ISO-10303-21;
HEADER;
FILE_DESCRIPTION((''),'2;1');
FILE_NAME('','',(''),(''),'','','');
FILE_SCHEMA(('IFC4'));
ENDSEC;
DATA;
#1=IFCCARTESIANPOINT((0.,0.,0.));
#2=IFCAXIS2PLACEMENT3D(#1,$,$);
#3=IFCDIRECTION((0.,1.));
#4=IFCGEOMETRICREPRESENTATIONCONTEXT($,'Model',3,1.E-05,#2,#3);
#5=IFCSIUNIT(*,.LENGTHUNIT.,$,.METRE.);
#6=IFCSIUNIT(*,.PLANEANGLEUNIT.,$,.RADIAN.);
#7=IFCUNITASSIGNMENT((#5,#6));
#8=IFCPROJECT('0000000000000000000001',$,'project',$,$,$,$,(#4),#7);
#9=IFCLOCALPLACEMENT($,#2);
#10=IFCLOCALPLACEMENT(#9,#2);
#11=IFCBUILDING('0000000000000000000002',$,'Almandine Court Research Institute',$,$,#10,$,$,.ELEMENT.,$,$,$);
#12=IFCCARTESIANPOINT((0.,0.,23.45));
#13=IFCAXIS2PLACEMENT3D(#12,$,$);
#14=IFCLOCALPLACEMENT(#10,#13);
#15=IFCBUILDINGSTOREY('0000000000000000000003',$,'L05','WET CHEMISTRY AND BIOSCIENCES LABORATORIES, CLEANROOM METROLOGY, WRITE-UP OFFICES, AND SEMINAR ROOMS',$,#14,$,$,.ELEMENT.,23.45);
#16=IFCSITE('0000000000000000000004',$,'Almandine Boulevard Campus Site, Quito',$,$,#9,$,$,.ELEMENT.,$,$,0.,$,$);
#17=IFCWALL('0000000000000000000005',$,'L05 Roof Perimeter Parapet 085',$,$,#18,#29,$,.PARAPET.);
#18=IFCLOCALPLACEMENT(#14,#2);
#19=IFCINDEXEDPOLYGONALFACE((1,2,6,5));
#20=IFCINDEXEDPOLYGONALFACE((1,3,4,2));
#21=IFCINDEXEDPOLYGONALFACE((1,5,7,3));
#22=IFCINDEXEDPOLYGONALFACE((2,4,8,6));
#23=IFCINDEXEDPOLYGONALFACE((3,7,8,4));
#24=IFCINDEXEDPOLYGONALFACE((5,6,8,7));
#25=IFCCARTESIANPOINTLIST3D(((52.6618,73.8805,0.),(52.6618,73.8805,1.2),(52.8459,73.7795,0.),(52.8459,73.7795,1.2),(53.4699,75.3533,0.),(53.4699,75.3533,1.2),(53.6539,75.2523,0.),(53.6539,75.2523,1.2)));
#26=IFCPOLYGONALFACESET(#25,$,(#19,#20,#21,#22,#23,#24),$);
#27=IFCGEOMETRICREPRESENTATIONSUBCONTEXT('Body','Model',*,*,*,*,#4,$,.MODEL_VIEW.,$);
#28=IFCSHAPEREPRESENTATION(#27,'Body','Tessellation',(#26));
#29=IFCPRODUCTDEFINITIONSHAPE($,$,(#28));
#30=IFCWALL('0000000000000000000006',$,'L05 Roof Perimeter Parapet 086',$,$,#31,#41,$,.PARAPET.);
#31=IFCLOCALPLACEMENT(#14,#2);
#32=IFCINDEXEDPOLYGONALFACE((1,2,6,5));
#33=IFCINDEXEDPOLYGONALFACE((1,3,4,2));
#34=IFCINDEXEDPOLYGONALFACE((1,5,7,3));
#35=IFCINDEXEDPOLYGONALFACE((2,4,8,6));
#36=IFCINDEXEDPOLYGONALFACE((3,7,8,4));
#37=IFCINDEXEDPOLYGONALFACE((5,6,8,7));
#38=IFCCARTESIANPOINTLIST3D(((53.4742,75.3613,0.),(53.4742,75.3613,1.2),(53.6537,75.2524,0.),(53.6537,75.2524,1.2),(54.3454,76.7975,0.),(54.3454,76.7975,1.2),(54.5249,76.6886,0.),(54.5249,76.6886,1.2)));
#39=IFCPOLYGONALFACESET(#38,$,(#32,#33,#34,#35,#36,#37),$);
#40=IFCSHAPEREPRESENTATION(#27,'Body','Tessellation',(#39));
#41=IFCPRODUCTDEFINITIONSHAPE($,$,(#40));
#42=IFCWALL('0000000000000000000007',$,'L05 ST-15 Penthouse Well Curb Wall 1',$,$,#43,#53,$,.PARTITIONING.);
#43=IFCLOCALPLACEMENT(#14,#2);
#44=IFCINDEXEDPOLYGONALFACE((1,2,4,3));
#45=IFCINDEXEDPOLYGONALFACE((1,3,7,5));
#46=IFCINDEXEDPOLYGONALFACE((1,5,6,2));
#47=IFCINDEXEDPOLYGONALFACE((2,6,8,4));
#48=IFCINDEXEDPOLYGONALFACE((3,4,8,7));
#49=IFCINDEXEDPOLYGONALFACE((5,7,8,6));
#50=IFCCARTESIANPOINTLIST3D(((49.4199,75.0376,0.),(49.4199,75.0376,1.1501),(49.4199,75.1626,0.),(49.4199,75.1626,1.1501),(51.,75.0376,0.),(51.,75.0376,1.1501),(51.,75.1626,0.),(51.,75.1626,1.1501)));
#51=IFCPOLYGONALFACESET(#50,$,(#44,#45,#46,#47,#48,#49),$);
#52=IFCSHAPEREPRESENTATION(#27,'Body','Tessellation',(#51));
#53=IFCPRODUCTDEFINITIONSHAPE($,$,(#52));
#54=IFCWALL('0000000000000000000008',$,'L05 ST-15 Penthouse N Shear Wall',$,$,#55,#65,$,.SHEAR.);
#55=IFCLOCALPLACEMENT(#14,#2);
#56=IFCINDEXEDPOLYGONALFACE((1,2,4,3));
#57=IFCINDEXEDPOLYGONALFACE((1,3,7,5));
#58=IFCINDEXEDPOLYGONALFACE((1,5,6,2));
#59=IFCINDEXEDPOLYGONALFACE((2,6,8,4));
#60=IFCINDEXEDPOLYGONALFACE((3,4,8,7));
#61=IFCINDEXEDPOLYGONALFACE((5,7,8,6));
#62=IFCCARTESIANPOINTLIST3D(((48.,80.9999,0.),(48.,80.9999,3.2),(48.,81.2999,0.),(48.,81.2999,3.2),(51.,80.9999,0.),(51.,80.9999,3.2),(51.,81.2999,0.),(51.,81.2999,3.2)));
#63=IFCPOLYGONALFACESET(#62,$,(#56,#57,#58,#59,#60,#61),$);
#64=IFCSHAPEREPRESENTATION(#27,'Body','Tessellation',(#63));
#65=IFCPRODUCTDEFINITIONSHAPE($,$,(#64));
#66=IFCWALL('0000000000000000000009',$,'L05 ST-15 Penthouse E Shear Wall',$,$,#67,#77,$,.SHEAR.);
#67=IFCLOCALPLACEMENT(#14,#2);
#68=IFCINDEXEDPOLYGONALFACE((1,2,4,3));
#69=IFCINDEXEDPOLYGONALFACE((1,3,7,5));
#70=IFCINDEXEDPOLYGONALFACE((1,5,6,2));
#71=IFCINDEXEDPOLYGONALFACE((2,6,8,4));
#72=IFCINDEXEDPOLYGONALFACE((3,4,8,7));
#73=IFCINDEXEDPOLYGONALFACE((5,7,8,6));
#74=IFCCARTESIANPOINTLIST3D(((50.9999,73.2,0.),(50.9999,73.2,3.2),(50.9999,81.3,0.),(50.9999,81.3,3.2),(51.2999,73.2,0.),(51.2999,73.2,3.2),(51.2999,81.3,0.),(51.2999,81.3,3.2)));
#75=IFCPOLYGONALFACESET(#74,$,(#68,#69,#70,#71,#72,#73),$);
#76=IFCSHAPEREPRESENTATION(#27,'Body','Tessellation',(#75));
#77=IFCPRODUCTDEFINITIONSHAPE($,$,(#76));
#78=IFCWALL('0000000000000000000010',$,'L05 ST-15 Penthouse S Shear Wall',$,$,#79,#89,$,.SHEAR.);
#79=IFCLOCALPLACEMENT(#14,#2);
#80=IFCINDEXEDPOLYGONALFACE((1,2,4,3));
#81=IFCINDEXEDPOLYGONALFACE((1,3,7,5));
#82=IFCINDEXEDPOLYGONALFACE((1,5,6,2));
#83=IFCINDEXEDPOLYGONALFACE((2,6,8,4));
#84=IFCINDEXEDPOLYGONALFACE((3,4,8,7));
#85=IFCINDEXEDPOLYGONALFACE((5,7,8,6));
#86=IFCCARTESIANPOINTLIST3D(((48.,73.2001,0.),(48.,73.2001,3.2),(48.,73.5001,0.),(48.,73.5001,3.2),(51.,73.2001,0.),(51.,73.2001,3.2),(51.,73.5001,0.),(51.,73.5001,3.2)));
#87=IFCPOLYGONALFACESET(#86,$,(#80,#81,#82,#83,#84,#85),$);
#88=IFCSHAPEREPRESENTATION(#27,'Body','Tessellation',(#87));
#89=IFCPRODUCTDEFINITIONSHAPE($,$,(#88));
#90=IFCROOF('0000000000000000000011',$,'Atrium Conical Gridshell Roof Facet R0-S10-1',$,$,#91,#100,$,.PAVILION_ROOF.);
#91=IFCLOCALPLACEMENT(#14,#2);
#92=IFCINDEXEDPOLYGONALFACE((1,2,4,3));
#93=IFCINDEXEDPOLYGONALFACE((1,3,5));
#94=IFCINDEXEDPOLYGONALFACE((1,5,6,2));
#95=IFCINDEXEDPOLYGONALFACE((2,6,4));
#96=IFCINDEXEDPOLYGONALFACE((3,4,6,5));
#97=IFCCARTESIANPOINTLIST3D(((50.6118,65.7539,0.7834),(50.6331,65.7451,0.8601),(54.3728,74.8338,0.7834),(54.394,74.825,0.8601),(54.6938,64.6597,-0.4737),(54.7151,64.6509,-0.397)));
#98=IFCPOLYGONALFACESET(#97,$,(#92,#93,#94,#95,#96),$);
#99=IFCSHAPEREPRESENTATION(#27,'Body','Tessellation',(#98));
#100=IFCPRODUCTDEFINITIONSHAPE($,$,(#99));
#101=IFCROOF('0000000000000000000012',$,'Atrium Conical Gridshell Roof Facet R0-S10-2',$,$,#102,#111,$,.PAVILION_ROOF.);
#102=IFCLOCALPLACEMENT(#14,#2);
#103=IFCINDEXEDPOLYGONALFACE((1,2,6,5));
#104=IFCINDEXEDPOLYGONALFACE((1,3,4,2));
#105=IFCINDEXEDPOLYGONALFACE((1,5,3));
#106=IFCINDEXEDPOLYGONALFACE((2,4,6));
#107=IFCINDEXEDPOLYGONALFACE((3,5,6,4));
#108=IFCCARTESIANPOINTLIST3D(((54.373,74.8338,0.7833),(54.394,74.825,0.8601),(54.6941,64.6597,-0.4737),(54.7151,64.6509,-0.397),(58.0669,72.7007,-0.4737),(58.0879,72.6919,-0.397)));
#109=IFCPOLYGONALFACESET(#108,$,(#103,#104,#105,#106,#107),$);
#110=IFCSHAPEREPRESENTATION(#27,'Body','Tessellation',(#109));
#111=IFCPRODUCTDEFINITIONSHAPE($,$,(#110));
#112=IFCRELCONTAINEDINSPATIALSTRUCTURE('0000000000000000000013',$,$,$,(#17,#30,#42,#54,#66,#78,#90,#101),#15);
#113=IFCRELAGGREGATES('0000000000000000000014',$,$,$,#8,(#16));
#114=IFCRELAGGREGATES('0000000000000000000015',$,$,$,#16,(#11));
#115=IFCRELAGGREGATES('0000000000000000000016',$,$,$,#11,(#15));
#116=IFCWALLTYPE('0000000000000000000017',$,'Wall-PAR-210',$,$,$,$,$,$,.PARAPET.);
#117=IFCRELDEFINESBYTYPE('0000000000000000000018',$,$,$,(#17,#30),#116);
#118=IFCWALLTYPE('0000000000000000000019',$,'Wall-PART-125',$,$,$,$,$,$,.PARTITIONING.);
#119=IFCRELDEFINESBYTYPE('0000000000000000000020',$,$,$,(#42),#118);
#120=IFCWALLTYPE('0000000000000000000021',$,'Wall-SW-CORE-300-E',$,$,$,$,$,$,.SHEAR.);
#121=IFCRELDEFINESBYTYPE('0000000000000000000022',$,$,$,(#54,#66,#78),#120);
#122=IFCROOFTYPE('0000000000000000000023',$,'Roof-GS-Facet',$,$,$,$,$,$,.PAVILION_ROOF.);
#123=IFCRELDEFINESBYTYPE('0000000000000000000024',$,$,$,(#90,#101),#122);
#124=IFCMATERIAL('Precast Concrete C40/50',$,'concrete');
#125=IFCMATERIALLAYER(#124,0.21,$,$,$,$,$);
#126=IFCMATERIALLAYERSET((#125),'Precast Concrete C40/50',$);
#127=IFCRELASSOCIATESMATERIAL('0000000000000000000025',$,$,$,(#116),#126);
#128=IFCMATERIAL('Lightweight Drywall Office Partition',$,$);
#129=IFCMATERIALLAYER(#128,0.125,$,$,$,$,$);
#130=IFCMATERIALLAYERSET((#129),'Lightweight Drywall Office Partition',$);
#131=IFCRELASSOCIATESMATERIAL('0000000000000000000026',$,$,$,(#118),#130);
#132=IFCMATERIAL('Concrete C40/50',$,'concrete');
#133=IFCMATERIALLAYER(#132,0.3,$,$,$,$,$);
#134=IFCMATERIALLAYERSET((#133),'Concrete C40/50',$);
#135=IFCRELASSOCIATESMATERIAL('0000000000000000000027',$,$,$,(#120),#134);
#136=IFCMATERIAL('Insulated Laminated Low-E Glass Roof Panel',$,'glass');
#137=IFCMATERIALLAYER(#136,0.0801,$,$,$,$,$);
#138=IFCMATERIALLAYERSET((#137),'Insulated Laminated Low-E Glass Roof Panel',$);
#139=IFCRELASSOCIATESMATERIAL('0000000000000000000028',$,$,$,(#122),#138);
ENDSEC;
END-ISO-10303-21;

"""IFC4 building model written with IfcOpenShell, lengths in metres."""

from ifc_helpers import new_model, si_unit, direction, frame, frame_2d, origin, place, context, subcontext, project, spatial, polyline, rectangle, outline, extrude, material, layer, layer_set, type_object, element, save


model = new_model("IFC4")

# Units and contexts
model_context = context("Model", 3, precision=1e-05, world=origin(), true_north=direction((0.0, 1.0)))
body_context = subcontext(model_context, "Body", "Model", "MODEL_VIEW")
ifc_project = project(units=[si_unit("LENGTHUNIT", "METRE"), si_unit("PLANEANGLEUNIT", "RADIAN")], contexts=[model_context])

# Site, building, storey
site_placement = place(None, origin())
site = spatial("IfcSite", under=ifc_project, at=site_placement, Name="Almandine Boulevard Campus Site, Quito", CompositionType="ELEMENT", RefElevation=0.0)
building_placement = place(site_placement, origin())
building = spatial("IfcBuilding", under=site, at=building_placement, Name="Almandine Court Research Institute", CompositionType="ELEMENT")
storey_placement = place(building_placement, frame((0.0, 0.0, 23.45)))
storey = spatial("IfcBuildingStorey", under=building, at=storey_placement, Name="L05", Description="WET CHEMISTRY AND BIOSCIENCES LABORATORIES, CLEANROOM METROLOGY, WRITE-UP OFFICES, AND SEMINAR ROOMS", CompositionType="ELEMENT", Elevation=23.45)

# Walls
ifc_material_1 = material(Name="Precast Concrete C40/50", Category="concrete")
ifc_layer_1 = layer(ifc_material_1, 0.21)
ifc_layer_set_1 = layer_set([ifc_layer_1], Name="Precast Concrete C40/50")
wall_type_1 = type_object("IfcWallType", Name="Wall-PAR-210", PredefinedType="PARAPET", material=ifc_layer_set_1)
wall_1_placement = place(storey_placement, frame((52.7539, 73.8301, 0.0), z_axis=(0.0, 0.0, 1.0), x_axis=(0.481009, 0.876716, 0.0)))
element("IfcWall", 1, at=wall_1_placement, inside=storey, type_object=wall_type_1, Name="L05 Roof Perimeter Parapet 085", PredefinedType="PARAPET", context=body_context, shape_type="SweptSolid", body=[
    extrude(rectangle(XDim=1.6799, YDim=0.21, at=frame_2d((0.8398, 0.0))), origin(), (0.0, 0.0, 1.0), 1.2),
])
wall_2_placement = place(storey_placement, frame((53.564, 75.3069, 0.0), z_axis=(0.0, 0.0, 1.0), x_axis=(0.518637, 0.854995, 0.0)))
element("IfcWall", 2, at=wall_2_placement, inside=storey, type_object=wall_type_1, Name="L05 Roof Perimeter Parapet 086", PredefinedType="PARAPET", context=body_context, shape_type="SweptSolid", body=[
    extrude(rectangle(XDim=1.6797, YDim=0.21, at=frame_2d((0.8398, 0.0))), origin(), (0.0, 0.0, 1.0), 1.2),
])
ifc_material_2 = material(Name="Lightweight Drywall Office Partition")
ifc_layer_2 = layer(ifc_material_2, 0.125)
ifc_layer_set_2 = layer_set([ifc_layer_2], Name="Lightweight Drywall Office Partition")
wall_type_2 = type_object("IfcWallType", Name="Wall-PART-125", PredefinedType="PARTITIONING", material=ifc_layer_set_2)
wall_3_placement = place(storey_placement, frame((51.0, 75.1001, 0.0), z_axis=(0.0, 0.0, 1.0), x_axis=(-1.0, 0.0, 0.0)))
element("IfcWall", 3, at=wall_3_placement, inside=storey, type_object=wall_type_2, Name="L05 ST-15 Penthouse Well Curb Wall 1", PredefinedType="PARTITIONING", context=body_context, shape_type="SweptSolid", body=[
    extrude(rectangle(XDim=1.5801, YDim=0.125, at=frame_2d((0.79, 0.0))), origin(), (0.0, 0.0, 1.0), 1.1501),
])

# Shared definitions
ifc_material_3 = material(Name="Concrete C40/50", Category="concrete")
ifc_layer_3 = layer(ifc_material_3, 0.3)
ifc_layer_set_3 = layer_set([ifc_layer_3], Name="Concrete C40/50")
wall_type_3 = type_object("IfcWallType", Name="Wall-SW-CORE-300-E", PredefinedType="SHEAR", material=ifc_layer_set_3)

# Walls
wall_4_placement = place(storey_placement, frame((48.0, 81.1499, 0.0), z_axis=(0.0, 0.0, 1.0), x_axis=(1.0, 0.0, 0.0)))
element("IfcWall", 4, at=wall_4_placement, inside=storey, type_object=wall_type_3, Name="L05 ST-15 Penthouse N Shear Wall", PredefinedType="SHEAR", context=body_context, shape_type="SweptSolid", body=[
    extrude(rectangle(XDim=3.0, YDim=0.3, at=frame_2d((1.5, 0.0))), origin(), (0.0, 0.0, 1.0), 3.2),
])
wall_5_placement = place(storey_placement, frame((51.1499, 81.3, 0.0), z_axis=(0.0, 0.0, 1.0), x_axis=(0.0, -1.0, 0.0)))
element("IfcWall", 5, at=wall_5_placement, inside=storey, type_object=wall_type_3, Name="L05 ST-15 Penthouse E Shear Wall", PredefinedType="SHEAR", context=body_context, shape_type="SweptSolid", body=[
    extrude(rectangle(XDim=8.1001, YDim=0.3, at=frame_2d((4.05, 0.0))), origin(), (0.0, 0.0, 1.0), 3.2),
])
wall_6_placement = place(storey_placement, frame((51.0, 73.3501, 0.0), z_axis=(0.0, 0.0, 1.0), x_axis=(-1.0, 0.0, 0.0)))
element("IfcWall", 6, at=wall_6_placement, inside=storey, type_object=wall_type_3, Name="L05 ST-15 Penthouse S Shear Wall", PredefinedType="SHEAR", context=body_context, shape_type="SweptSolid", body=[
    extrude(rectangle(XDim=3.0, YDim=0.3, at=frame_2d((1.5, 0.0))), origin(), (0.0, 0.0, 1.0), 3.2),
])

# Roofs
ifc_material_4 = material(Name="Insulated Laminated Low-E Glass Roof Panel", Category="glass")
ifc_layer_4 = layer(ifc_material_4, 0.0801)
ifc_layer_set_4 = layer_set([ifc_layer_4], Name="Insulated Laminated Low-E Glass Roof Panel")
roof_type = type_object("IfcRoofType", Name="Roof-GS-Facet", PredefinedType="PAVILION_ROOF", material=ifc_layer_set_4)
roof_1_placement = place(storey_placement, frame((54.394, 74.825, 0.8601), z_axis=(0.265487, -0.109968, 0.957822), x_axis=(-0.382683, -0.92388, 0.0)))
element("IfcRoof", 7, at=roof_1_placement, inside=storey, type_object=roof_type, Name="Atrium Conical Gridshell Roof Facet R0-S10-1", PredefinedType="PAVILION_ROOF", context=body_context, shape_type="SweptSolid", body=[
    extrude(outline(polyline([(0.0, 0.0), (9.8279, 0.0), (9.2768, 4.3746), (0.0, 0.0)])), origin(), (0.0, 0.0, -1.0), 0.0801),
])
roof_2_placement = place(storey_placement, frame((54.394, 74.825, 0.8601), z_axis=(0.262616, -0.110154, 0.958592), x_axis=(0.031302, -0.991967, -0.122565)))
element("IfcRoof", 8, at=roof_2_placement, inside=storey, type_object=roof_type, Name="Atrium Conical Gridshell Roof Facet R0-S10-2", PredefinedType="PAVILION_ROOF", context=body_context, shape_type="SweptSolid", body=[
    extrude(outline(polyline([(0.0, 0.0), (10.2565, 0.0), (2.3856, 3.7528), (0.0, 0.0)])), origin(), (0.0, 0.0, -1.0), 0.0801),
])

save(model, "model.ifc")
